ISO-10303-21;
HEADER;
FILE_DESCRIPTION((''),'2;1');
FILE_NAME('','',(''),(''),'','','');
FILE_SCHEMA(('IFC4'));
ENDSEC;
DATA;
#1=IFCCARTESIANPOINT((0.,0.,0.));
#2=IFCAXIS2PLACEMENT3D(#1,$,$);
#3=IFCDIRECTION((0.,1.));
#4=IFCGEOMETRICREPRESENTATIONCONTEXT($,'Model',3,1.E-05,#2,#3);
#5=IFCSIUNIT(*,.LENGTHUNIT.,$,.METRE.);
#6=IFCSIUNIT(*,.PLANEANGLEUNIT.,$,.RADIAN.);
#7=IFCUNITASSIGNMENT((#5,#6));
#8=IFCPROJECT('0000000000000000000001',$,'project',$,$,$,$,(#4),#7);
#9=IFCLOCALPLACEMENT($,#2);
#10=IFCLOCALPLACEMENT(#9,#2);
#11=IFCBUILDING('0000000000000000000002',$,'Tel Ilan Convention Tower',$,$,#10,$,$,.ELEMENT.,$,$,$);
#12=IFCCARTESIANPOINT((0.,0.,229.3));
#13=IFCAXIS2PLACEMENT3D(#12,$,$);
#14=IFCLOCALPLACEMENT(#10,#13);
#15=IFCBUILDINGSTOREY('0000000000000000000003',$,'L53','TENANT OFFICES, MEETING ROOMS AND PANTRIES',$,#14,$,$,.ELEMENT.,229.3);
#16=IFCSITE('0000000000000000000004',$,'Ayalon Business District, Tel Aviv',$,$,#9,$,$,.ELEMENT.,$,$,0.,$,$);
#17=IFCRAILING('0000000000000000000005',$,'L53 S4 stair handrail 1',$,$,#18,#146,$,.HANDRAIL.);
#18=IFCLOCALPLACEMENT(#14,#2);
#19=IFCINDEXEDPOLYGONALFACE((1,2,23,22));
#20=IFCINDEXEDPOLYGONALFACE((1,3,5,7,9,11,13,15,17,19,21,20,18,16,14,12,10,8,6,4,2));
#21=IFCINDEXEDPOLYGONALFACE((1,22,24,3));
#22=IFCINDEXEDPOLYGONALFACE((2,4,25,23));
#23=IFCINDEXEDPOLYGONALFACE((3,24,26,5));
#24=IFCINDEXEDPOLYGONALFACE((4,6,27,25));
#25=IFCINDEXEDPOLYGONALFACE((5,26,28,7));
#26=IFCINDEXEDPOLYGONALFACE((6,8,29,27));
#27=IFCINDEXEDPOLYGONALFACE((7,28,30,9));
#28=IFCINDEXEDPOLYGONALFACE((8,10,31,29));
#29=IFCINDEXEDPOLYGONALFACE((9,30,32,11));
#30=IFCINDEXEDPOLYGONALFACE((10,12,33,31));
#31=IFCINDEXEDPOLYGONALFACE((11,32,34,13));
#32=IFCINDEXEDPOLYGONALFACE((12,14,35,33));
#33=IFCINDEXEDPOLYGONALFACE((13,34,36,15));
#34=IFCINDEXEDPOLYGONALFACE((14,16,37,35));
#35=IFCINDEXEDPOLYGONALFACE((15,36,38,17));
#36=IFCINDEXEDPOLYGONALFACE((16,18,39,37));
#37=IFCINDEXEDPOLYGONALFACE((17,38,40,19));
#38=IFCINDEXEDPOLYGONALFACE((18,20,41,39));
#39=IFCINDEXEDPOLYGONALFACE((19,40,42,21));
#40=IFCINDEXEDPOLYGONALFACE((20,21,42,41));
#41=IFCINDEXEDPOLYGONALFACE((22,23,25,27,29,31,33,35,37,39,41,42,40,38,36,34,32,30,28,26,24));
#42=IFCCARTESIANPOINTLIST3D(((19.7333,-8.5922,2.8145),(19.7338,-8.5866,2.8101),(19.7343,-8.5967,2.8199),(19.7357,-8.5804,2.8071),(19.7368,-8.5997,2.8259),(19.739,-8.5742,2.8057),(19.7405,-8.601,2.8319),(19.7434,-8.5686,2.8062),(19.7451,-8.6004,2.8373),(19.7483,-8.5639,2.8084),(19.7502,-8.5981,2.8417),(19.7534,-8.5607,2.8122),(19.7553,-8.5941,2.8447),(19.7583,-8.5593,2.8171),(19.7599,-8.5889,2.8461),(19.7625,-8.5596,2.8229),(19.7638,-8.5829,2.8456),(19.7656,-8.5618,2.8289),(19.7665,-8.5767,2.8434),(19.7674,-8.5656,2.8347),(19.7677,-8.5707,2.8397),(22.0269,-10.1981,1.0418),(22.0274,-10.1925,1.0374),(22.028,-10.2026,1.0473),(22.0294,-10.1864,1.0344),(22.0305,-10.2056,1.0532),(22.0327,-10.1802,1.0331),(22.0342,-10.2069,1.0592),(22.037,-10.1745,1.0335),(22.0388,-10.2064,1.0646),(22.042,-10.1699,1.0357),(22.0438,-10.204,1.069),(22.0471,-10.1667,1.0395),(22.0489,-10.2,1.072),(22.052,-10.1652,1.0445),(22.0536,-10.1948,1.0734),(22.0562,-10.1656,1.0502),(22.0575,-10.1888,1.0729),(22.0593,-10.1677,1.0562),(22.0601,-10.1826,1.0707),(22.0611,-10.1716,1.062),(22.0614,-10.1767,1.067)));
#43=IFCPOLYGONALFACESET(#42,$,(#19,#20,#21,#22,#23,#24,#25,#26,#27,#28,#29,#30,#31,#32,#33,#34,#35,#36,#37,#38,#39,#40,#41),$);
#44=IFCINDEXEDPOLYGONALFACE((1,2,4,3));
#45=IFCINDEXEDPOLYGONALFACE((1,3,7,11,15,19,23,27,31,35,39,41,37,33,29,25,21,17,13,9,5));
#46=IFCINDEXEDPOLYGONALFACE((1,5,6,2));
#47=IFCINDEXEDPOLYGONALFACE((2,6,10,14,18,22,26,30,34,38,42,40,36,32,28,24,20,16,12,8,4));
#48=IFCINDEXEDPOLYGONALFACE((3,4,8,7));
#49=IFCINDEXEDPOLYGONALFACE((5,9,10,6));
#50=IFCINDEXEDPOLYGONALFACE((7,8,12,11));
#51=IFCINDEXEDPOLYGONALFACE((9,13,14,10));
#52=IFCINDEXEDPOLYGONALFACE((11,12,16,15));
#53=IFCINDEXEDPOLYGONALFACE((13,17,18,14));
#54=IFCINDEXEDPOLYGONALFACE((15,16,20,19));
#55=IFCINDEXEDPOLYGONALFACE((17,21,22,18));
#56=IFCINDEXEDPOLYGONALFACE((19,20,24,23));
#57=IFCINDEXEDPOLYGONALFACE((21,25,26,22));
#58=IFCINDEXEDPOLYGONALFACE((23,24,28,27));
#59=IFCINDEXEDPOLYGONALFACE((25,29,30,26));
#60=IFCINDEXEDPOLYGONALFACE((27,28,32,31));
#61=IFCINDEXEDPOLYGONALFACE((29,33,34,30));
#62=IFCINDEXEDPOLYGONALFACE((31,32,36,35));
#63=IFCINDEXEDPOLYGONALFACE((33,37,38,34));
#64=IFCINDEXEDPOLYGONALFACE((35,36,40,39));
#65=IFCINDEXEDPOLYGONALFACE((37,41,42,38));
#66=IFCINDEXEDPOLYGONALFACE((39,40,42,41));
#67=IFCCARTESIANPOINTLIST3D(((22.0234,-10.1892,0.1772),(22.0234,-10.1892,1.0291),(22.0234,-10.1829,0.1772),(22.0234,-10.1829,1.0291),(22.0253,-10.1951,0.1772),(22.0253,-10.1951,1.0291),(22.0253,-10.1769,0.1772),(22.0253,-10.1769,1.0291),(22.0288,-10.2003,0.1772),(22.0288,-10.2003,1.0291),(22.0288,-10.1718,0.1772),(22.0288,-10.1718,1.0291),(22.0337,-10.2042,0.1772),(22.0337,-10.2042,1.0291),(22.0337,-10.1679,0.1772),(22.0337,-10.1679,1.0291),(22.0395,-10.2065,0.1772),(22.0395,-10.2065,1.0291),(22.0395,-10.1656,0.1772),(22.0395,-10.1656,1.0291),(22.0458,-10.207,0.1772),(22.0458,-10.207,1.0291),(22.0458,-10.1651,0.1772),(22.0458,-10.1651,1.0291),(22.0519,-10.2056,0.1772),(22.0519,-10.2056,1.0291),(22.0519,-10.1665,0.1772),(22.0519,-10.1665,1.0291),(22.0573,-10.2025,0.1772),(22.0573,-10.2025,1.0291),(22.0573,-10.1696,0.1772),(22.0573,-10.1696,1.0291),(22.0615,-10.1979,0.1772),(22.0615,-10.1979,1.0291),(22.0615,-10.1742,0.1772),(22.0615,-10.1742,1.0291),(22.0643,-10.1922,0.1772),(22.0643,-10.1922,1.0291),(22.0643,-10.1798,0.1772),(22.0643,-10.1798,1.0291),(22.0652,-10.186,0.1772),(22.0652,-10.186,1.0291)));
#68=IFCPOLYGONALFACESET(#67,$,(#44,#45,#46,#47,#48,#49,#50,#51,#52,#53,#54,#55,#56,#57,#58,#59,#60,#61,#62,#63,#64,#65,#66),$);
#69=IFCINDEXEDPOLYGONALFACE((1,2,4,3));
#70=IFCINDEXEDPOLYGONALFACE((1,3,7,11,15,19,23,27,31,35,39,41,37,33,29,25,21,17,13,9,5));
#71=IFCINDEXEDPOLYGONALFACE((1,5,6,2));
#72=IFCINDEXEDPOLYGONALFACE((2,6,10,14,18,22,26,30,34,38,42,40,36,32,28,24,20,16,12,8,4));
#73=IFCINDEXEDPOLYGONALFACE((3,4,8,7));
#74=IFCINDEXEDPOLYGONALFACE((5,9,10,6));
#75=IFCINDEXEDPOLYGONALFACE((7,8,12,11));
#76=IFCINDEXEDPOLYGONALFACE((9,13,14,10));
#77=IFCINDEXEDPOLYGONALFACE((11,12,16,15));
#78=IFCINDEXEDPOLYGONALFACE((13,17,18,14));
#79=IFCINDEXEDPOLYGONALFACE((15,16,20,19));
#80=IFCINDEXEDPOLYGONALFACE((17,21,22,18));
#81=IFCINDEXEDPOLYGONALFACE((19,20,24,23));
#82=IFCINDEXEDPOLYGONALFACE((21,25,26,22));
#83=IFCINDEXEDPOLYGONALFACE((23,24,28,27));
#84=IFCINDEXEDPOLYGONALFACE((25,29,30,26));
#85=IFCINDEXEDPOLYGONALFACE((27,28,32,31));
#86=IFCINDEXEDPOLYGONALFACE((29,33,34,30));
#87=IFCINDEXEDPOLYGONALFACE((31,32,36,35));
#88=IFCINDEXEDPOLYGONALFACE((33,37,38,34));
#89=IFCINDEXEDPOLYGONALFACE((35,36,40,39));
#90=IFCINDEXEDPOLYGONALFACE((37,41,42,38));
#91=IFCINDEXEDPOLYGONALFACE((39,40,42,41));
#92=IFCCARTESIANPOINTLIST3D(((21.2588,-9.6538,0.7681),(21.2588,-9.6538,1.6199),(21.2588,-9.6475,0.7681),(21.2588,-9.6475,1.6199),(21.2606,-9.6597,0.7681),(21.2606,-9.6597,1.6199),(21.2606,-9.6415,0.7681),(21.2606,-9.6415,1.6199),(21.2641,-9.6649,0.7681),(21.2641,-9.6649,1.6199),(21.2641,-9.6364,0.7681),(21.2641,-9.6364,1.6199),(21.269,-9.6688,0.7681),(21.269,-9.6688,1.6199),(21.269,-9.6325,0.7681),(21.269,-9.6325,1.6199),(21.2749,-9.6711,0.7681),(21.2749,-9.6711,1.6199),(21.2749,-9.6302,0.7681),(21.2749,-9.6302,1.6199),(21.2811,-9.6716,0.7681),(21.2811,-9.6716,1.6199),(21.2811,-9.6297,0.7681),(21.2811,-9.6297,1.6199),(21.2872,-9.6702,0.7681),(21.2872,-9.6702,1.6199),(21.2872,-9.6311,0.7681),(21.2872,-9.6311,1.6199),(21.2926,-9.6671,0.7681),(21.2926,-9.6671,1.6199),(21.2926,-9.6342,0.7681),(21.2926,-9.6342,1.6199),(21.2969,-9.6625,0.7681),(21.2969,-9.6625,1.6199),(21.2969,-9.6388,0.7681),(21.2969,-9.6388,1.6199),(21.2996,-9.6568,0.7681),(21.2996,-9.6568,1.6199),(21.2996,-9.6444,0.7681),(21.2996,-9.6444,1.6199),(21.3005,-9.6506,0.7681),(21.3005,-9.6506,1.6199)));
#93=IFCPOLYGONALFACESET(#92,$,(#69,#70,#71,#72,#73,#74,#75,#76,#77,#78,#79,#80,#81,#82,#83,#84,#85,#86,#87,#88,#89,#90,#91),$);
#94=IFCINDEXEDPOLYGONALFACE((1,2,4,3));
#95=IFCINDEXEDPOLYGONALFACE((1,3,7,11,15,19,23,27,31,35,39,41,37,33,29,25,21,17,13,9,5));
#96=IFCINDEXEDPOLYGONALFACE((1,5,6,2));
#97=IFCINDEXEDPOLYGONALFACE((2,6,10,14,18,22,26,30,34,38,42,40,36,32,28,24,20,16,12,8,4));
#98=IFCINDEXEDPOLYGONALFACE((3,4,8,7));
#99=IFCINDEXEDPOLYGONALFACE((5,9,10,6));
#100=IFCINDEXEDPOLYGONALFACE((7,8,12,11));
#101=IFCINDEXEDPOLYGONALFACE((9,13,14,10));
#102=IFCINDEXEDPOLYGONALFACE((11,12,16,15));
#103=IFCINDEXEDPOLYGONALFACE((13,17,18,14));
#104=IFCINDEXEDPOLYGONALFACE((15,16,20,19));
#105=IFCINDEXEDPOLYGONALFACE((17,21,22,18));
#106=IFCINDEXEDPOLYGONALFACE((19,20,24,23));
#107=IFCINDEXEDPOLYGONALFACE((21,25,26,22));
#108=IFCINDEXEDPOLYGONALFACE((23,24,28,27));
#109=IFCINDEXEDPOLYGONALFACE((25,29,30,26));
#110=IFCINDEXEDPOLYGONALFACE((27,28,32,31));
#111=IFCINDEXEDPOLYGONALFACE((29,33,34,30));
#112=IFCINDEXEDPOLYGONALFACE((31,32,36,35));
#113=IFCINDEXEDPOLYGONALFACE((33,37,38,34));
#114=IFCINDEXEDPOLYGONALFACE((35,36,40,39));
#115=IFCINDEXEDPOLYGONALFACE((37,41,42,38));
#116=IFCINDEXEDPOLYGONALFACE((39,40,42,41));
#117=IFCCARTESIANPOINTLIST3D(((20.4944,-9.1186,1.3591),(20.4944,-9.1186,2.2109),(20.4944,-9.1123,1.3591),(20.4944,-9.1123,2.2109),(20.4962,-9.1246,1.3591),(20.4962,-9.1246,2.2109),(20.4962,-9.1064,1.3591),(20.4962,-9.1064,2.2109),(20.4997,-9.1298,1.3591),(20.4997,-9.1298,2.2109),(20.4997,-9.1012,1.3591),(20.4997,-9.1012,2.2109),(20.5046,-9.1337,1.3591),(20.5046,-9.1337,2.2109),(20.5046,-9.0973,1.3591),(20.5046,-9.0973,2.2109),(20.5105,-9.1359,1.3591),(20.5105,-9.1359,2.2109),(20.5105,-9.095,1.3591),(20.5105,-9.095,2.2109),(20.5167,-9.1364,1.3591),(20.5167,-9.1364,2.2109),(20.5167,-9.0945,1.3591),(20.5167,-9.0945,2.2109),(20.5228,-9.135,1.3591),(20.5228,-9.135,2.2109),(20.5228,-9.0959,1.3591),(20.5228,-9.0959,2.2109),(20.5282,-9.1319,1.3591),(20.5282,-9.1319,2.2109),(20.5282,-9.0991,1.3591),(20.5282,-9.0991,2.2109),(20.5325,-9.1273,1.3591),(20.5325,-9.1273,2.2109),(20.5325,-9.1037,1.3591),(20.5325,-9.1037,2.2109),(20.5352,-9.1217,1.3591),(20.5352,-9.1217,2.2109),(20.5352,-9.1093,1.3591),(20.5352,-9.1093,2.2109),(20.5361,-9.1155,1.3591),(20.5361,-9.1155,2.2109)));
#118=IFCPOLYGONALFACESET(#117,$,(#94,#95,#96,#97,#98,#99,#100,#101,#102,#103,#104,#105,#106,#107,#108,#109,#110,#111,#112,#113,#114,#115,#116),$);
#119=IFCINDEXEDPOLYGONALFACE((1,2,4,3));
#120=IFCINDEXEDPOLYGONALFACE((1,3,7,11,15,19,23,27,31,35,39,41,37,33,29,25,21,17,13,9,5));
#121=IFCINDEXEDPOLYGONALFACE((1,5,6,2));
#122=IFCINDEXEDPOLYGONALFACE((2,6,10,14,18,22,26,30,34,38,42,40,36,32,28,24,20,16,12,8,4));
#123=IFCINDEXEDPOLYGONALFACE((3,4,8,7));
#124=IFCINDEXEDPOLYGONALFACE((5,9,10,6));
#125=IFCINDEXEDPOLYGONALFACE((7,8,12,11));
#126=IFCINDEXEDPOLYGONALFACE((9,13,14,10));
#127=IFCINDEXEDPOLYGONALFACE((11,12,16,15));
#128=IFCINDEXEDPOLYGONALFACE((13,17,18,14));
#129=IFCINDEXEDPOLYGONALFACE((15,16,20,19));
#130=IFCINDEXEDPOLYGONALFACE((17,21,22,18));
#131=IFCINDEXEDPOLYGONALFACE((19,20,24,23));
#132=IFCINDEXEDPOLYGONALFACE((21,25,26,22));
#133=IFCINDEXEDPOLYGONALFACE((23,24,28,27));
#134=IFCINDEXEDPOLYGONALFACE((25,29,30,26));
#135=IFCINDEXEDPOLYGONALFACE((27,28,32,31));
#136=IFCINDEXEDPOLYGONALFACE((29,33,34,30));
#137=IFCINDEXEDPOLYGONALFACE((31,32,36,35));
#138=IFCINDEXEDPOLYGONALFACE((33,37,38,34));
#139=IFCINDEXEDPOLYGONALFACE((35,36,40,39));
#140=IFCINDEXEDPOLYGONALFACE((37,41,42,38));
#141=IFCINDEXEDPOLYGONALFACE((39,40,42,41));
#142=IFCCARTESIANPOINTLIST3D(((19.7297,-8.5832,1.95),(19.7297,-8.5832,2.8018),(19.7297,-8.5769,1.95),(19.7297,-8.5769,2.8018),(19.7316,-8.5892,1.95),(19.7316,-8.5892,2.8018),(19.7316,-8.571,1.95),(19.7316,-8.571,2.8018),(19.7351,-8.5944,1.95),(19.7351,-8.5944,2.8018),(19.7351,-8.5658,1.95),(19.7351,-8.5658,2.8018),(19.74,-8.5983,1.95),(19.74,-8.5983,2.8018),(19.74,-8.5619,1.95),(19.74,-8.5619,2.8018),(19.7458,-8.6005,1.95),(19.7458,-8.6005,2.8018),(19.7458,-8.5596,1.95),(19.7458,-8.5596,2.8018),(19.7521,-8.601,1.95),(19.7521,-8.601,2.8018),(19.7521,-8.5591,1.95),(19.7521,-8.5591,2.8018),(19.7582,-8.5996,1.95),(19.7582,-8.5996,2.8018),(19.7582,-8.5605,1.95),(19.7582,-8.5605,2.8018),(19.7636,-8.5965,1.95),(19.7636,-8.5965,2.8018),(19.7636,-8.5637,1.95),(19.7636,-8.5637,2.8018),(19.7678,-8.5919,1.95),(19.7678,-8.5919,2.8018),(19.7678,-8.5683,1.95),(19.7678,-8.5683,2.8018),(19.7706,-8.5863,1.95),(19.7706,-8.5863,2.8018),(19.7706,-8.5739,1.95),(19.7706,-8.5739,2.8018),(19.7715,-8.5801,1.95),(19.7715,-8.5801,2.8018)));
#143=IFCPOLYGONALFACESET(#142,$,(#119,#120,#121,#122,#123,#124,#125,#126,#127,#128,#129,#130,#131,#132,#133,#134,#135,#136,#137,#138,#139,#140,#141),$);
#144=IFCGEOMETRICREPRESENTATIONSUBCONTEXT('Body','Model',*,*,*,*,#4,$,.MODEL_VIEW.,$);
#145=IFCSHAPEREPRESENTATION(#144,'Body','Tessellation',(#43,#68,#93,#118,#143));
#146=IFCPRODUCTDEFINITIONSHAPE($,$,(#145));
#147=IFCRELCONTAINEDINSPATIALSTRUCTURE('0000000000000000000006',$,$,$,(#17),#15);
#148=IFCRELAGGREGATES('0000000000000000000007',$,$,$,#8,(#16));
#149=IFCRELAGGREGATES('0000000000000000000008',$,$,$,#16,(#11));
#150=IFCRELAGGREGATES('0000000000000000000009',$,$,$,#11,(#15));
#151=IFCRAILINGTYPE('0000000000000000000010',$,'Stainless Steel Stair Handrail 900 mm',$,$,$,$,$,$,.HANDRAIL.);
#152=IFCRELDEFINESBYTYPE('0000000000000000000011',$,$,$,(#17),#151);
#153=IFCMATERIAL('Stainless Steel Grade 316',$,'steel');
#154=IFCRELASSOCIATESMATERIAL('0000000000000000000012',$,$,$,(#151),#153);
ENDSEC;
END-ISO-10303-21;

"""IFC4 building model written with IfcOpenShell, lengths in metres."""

from ifc_helpers import new_model, si_unit, direction, frame, origin, origin_2d, place, context, subcontext, project, spatial, circle, extrude, material, type_object, element, save


model = new_model("IFC4")

# Units and contexts
model_context = context("Model", 3, precision=1e-05, world=origin(), true_north=direction((0.0, 1.0)))
body_context = subcontext(model_context, "Body", "Model", "MODEL_VIEW")
ifc_project = project(units=[si_unit("LENGTHUNIT", "METRE"), si_unit("PLANEANGLEUNIT", "RADIAN")], contexts=[model_context])

# Site, building, storey
site_placement = place(None, origin())
site = spatial("IfcSite", under=ifc_project, at=site_placement, Name="Ayalon Business District, Tel Aviv", CompositionType="ELEMENT", RefElevation=0.0)
building_placement = place(site_placement, origin())
building = spatial("IfcBuilding", under=site, at=building_placement, Name="Tel Ilan Convention Tower", CompositionType="ELEMENT")
storey_placement = place(building_placement, frame((0.0, 0.0, 229.3)))
storey = spatial("IfcBuildingStorey", under=building, at=storey_placement, Name="L53", Description="TENANT OFFICES, MEETING ROOMS AND PANTRIES", CompositionType="ELEMENT", Elevation=229.3)

# Railing
ifc_material_1 = material(Name="Stainless Steel Grade 316", Category="steel")
railing_type_1 = type_object("IfcRailingType", Name="Stainless Steel Stair Handrail 900 mm", PredefinedType="HANDRAIL", material=ifc_material_1)
railing_1_placement = place(storey_placement, frame((22.0442, -10.186, 0.1772)))
element("IfcRailing", 1, at=railing_1_placement, inside=storey, type_object=railing_type_1, Name="L53 S4 stair handrail 1", PredefinedType="HANDRAIL", context=body_context, shape_type="SweptSolid", body=[
    extrude(circle(Radius=0.0239, at=origin_2d()), frame((0.0, 0.0, 0.876), z_axis=(-0.692123, 0.484597, 0.534913), x_axis=(-0.57355, -0.81917, 0.0)), (0.0, 0.0, 1.0), 3.314),
    extrude(circle(Radius=0.021, at=origin_2d()), origin(), (0.0, 0.0, 1.0), 0.8518),
    extrude(circle(Radius=0.021, at=origin_2d()), frame((-0.7646, 0.5354, 0.5908)), (0.0, 0.0, 1.0), 0.8518),
    extrude(circle(Radius=0.021, at=origin_2d()), frame((-1.5291, 1.0706, 1.1819)), (0.0, 0.0, 1.0), 0.8518),
    extrude(circle(Radius=0.021, at=origin_2d()), frame((-2.2937, 1.606, 1.7727)), (0.0, 0.0, 1.0), 0.8518),
])

save(model, "model.ifc")
